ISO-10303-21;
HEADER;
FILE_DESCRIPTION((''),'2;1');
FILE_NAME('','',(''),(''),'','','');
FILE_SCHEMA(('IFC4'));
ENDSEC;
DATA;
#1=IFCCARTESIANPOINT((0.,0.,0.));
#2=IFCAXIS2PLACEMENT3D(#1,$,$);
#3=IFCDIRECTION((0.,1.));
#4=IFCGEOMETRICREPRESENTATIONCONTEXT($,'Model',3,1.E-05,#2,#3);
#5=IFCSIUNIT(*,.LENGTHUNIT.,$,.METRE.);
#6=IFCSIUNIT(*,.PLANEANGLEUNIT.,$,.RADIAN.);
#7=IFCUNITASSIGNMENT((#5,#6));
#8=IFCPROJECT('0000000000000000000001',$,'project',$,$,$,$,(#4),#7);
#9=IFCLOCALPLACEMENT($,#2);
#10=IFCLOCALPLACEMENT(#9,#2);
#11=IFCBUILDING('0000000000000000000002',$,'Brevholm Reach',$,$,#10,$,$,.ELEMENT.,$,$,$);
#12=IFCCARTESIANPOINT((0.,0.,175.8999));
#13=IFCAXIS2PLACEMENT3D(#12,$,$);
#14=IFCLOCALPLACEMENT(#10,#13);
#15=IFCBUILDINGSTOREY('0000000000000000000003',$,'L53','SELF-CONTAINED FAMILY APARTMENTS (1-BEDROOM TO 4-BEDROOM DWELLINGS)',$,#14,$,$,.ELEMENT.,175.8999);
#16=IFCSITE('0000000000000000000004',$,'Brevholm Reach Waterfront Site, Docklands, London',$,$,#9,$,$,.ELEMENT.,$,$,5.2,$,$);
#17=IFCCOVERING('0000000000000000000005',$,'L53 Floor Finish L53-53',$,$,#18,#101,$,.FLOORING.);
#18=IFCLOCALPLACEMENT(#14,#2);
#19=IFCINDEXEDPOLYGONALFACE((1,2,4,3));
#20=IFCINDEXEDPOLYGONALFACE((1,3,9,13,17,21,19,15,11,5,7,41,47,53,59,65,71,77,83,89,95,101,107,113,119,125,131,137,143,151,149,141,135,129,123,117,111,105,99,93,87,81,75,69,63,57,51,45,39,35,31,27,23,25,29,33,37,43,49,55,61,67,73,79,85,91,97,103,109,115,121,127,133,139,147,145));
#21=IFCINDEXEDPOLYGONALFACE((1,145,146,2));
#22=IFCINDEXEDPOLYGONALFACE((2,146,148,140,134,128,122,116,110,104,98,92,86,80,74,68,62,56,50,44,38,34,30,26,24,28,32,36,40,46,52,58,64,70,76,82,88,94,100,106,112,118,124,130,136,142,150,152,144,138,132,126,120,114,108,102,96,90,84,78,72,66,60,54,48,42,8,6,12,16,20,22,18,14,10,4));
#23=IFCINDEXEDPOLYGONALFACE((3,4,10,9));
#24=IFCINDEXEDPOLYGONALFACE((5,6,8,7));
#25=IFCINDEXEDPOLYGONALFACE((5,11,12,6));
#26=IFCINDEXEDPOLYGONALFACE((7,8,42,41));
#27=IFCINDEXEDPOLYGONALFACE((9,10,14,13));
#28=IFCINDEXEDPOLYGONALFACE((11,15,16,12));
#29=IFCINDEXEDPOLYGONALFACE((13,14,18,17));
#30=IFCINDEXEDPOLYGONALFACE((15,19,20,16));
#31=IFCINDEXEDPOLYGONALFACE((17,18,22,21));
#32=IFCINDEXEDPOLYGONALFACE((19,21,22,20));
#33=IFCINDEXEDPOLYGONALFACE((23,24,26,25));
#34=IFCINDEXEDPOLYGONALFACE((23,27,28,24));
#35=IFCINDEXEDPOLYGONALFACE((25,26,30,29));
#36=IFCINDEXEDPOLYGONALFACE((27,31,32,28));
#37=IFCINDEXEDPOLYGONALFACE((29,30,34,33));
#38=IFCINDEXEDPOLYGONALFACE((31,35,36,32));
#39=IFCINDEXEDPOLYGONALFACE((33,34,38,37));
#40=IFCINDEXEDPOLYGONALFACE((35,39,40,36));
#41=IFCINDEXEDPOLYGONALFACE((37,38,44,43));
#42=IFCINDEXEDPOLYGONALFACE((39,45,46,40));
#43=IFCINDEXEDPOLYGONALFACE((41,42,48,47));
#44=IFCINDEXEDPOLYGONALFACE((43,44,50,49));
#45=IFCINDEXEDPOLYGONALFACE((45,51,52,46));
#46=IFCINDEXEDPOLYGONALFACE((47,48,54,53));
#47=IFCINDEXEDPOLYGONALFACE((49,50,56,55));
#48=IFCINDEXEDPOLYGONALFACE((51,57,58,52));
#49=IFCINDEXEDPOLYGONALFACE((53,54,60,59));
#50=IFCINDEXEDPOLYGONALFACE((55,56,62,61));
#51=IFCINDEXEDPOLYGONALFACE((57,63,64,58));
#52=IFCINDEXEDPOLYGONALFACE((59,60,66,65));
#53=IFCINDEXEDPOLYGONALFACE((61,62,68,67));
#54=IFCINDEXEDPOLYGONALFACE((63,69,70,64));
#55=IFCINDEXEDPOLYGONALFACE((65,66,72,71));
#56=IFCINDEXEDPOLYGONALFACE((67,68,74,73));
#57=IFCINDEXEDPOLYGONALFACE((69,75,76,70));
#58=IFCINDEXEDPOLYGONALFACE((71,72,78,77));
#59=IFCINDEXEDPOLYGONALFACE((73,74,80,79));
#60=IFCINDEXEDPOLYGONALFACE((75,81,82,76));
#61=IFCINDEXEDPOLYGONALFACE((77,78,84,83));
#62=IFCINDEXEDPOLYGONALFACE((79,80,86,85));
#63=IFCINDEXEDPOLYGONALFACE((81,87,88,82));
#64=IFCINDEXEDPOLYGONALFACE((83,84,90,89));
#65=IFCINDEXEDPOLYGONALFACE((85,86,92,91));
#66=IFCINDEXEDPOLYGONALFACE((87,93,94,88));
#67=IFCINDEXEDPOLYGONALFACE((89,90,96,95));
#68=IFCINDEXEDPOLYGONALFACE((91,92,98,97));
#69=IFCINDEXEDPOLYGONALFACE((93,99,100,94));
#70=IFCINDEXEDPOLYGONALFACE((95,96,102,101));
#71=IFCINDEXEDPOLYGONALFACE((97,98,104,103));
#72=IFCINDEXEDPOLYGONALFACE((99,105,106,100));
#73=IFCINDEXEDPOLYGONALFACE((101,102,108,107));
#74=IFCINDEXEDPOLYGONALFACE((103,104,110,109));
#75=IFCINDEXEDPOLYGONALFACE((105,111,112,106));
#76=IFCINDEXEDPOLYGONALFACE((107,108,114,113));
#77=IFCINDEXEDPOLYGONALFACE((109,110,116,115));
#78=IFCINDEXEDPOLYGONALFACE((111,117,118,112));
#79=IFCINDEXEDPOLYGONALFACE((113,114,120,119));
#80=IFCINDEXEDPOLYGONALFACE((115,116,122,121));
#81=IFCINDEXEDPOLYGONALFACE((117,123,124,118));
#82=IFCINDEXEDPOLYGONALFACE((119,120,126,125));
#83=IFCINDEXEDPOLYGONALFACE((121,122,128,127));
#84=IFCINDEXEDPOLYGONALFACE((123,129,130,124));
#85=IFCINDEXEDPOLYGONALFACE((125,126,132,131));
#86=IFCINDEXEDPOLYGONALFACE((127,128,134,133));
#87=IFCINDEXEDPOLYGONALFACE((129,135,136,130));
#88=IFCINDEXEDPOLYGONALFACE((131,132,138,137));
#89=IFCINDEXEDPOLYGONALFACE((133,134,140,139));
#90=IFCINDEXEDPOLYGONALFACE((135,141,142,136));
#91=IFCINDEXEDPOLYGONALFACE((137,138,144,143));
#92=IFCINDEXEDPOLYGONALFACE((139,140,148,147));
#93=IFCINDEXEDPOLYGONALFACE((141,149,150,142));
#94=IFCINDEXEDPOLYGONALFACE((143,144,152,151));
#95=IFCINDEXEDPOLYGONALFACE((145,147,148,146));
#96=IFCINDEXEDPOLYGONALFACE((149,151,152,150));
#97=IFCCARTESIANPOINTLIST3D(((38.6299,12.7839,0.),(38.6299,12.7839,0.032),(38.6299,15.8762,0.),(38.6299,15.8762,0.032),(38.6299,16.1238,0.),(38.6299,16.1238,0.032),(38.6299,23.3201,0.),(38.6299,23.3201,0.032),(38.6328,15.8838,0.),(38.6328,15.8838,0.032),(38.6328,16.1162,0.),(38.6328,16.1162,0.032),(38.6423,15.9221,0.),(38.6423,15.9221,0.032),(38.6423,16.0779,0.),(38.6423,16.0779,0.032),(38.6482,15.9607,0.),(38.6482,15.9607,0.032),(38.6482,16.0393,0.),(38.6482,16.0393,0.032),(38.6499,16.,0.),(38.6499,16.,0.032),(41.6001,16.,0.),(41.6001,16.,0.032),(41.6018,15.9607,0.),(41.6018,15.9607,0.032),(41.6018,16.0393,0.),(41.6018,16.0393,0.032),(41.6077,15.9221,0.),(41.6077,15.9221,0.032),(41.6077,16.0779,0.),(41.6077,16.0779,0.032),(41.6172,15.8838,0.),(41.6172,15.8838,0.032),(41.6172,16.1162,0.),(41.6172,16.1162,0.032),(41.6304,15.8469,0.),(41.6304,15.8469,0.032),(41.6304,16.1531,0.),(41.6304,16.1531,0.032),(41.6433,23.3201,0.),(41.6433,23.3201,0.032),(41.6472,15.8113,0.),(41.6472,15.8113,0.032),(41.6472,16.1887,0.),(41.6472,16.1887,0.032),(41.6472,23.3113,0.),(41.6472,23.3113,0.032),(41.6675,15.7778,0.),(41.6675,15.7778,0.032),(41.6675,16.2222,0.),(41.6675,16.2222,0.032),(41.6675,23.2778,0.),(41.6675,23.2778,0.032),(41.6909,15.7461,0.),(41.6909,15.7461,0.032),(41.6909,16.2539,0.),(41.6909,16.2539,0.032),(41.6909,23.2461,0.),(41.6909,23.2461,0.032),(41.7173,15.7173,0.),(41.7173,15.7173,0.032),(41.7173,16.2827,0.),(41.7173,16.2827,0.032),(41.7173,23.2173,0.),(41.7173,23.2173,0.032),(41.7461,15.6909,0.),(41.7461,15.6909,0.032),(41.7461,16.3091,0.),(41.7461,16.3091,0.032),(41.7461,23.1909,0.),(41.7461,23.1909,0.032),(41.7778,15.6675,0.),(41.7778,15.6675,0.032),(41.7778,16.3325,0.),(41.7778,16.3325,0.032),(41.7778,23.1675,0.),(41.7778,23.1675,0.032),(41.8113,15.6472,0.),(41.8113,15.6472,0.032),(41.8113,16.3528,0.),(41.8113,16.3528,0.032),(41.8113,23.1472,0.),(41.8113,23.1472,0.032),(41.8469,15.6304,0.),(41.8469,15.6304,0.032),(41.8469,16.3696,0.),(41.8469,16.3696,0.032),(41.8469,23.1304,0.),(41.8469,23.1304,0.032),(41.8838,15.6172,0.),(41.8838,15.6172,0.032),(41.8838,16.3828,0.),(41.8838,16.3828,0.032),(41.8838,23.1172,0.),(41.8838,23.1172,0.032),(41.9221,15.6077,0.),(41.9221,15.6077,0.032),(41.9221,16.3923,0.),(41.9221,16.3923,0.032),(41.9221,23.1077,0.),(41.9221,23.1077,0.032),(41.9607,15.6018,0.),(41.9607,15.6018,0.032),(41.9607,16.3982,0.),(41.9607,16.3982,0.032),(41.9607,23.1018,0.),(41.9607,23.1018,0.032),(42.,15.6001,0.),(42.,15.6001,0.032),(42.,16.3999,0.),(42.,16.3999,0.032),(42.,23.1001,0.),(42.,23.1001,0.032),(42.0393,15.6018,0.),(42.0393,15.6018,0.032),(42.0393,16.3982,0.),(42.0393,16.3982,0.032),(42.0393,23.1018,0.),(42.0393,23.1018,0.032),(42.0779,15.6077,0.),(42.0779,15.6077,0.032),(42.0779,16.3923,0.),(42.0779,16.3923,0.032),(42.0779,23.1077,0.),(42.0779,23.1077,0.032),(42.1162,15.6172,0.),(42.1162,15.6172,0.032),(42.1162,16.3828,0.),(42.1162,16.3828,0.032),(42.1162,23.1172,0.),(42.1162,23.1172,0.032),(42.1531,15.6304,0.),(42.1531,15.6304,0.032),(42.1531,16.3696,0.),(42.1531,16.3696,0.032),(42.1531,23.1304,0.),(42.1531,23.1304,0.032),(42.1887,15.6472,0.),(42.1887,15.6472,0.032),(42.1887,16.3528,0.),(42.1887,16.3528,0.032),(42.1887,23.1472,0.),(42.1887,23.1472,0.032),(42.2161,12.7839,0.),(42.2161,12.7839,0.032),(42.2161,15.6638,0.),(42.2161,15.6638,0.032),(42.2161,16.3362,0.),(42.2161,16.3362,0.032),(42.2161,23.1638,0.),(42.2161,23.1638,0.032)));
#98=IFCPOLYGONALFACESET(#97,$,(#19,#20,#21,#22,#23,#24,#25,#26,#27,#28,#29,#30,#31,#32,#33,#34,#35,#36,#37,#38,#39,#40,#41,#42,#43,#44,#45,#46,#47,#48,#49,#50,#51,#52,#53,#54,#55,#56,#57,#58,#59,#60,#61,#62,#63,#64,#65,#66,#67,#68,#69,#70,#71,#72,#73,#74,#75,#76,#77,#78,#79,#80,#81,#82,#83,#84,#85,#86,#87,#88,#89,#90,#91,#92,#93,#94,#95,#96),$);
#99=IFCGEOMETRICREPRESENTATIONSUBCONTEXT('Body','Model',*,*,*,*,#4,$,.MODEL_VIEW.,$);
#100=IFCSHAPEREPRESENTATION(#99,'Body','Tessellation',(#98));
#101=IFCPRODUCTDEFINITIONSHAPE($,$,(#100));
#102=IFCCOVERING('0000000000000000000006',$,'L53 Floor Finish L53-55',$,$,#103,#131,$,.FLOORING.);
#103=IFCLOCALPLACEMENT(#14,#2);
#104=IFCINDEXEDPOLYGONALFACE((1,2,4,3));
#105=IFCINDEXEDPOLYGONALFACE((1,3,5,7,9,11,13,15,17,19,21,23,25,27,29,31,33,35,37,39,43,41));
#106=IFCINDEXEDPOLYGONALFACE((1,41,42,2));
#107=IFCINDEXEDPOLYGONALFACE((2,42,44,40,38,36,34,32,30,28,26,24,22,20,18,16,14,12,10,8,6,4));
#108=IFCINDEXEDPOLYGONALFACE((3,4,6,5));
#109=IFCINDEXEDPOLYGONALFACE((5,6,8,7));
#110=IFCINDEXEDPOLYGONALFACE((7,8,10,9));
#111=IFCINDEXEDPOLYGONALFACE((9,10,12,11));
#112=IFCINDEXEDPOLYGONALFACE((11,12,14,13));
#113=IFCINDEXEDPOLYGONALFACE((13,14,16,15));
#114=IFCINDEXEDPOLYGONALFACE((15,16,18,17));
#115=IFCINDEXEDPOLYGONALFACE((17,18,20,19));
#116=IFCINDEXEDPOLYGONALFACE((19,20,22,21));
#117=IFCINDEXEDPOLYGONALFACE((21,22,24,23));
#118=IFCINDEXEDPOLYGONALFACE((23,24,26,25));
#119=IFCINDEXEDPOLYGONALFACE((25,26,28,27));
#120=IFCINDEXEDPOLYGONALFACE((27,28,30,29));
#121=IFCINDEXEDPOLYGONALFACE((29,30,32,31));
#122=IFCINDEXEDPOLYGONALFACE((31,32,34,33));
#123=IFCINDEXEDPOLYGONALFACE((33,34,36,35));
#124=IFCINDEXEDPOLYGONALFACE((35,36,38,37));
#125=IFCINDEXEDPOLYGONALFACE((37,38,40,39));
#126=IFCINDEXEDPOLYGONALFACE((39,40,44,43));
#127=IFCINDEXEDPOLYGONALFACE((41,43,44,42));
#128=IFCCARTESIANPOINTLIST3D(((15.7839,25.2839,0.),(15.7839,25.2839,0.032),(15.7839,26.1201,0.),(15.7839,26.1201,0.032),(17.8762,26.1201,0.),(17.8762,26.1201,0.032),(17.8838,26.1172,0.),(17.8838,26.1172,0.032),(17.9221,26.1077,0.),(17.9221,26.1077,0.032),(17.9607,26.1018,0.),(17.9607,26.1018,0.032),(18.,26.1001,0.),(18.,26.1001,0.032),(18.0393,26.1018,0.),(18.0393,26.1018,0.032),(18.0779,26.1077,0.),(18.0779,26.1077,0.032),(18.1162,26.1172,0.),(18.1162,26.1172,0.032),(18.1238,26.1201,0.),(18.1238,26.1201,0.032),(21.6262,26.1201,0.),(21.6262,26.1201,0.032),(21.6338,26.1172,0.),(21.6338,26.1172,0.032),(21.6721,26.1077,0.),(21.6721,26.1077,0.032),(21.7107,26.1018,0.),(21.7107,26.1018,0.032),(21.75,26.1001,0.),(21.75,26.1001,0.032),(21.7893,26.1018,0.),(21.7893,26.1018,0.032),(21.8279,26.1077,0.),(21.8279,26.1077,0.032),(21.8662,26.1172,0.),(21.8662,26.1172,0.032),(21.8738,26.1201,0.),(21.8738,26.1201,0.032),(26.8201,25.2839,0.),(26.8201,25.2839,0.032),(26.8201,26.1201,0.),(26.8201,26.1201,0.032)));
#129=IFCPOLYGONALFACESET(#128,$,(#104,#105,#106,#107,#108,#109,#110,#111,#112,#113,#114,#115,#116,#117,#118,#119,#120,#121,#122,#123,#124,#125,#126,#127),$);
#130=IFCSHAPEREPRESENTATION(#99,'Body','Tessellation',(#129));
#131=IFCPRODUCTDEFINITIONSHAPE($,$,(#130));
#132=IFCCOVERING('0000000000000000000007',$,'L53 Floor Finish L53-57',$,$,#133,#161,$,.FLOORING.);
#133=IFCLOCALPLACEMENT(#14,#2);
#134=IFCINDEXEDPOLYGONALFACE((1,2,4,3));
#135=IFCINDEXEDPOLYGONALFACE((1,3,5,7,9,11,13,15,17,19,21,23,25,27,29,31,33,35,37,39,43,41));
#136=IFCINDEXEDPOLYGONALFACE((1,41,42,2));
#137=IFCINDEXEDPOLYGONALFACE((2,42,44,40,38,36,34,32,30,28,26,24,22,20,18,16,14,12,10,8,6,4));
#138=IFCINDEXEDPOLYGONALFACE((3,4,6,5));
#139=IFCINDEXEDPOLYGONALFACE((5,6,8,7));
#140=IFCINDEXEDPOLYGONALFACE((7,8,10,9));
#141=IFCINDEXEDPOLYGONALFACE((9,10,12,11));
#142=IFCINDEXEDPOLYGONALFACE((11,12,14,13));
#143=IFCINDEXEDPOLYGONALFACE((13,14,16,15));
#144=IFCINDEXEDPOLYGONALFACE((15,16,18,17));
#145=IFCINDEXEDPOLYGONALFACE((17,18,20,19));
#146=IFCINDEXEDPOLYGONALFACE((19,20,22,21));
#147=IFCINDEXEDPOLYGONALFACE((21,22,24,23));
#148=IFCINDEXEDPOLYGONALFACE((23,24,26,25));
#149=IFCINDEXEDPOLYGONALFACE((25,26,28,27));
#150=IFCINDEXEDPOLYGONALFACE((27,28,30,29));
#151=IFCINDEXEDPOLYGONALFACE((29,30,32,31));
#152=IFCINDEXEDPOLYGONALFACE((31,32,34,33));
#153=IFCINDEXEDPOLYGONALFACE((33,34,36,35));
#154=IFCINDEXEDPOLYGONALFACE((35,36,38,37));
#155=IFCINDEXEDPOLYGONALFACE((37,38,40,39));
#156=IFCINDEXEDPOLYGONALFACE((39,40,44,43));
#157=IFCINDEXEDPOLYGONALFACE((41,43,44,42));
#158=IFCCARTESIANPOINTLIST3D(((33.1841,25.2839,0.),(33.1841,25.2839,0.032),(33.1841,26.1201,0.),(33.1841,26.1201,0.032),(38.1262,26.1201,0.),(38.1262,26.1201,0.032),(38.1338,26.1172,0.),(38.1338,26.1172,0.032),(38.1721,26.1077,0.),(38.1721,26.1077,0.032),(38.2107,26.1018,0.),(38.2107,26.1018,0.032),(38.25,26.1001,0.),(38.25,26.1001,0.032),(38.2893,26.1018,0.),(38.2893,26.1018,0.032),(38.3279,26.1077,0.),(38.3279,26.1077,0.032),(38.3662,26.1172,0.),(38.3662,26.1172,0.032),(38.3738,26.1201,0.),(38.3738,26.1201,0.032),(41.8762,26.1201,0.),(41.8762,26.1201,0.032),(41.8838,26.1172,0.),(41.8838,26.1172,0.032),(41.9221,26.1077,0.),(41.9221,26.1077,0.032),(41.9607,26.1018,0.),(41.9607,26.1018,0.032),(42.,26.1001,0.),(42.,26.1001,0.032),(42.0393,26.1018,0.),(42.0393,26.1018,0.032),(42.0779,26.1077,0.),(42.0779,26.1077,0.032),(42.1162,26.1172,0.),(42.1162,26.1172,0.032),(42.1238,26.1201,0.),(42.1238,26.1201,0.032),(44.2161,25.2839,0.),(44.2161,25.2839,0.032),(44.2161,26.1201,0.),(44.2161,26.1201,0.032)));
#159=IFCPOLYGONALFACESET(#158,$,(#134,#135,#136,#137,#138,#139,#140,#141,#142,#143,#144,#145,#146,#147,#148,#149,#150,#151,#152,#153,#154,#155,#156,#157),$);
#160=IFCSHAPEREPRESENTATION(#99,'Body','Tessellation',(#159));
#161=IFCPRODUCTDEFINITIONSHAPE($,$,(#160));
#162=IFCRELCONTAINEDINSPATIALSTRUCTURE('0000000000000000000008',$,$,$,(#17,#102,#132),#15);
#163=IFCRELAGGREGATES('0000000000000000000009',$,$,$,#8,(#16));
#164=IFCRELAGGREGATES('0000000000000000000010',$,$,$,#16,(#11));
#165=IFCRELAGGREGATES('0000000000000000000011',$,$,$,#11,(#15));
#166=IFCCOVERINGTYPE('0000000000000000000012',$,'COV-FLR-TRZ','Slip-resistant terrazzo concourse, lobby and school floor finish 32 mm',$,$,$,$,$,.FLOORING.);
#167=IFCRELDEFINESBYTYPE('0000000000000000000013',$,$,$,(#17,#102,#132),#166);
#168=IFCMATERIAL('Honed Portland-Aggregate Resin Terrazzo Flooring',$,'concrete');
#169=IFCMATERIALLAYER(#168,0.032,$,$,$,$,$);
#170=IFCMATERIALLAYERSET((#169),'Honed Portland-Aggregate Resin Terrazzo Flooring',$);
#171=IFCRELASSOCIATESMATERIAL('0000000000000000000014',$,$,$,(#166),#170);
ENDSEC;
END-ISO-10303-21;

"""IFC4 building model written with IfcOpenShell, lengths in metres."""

from ifc_helpers import new_model, si_unit, direction, frame, origin, place, context, subcontext, project, spatial, polyline, outline, extrude, material, layer, layer_set, type_object, element, save


model = new_model("IFC4")

# Units and contexts
model_context = context("Model", 3, precision=1e-05, world=origin(), true_north=direction((0.0, 1.0)))
body_context = subcontext(model_context, "Body", "Model", "MODEL_VIEW")
ifc_project = project(units=[si_unit("LENGTHUNIT", "METRE"), si_unit("PLANEANGLEUNIT", "RADIAN")], contexts=[model_context])

# Site, building, storey
site_placement = place(None, origin())
site = spatial("IfcSite", under=ifc_project, at=site_placement, Name="Brevholm Reach Waterfront Site, Docklands, London", CompositionType="ELEMENT", RefElevation=5.2)
building_placement = place(site_placement, origin())
building = spatial("IfcBuilding", under=site, at=building_placement, Name="Brevholm Reach", CompositionType="ELEMENT")
storey_placement = place(building_placement, frame((0.0, 0.0, 175.8999)))
storey = spatial("IfcBuildingStorey", under=building, at=storey_placement, Name="L53", Description="SELF-CONTAINED FAMILY APARTMENTS (1-BEDROOM TO 4-BEDROOM DWELLINGS)", CompositionType="ELEMENT", Elevation=175.8999)

# Coverings
ifc_material_1 = material(Name="Honed Portland-Aggregate Resin Terrazzo Flooring", Category="concrete")
ifc_layer_1 = layer(ifc_material_1, 0.032)
ifc_layer_set_1 = layer_set([ifc_layer_1], Name="Honed Portland-Aggregate Resin Terrazzo Flooring")
covering_type_1 = type_object("IfcCoveringType", Name="COV-FLR-TRZ", Description="Slip-resistant terrazzo concourse, lobby and school floor finish 32 mm", PredefinedType="FLOORING", material=ifc_layer_set_1)
covering_1_placement = place(storey_placement, origin())
element("IfcCovering", 1, at=covering_1_placement, inside=storey, type_object=covering_type_1, Name="L53 Floor Finish L53-53", PredefinedType="FLOORING", context=body_context, shape_type="SweptSolid", body=[
    extrude(outline(polyline([(38.6299, 15.8762), (38.6328, 15.8838), (38.6423, 15.9221), (38.6482, 15.9607), (38.6499, 16.0), (38.6482, 16.0393), (38.6423, 16.0779), (38.6328, 16.1162), (38.6299, 16.1238), (38.6299, 23.3201), (41.6433, 23.3201), (41.6472, 23.3113), (41.6675, 23.2778), (41.6909, 23.2461), (41.7173, 23.2173), (41.7461, 23.1909), (41.7778, 23.1675), (41.8113, 23.1472), (41.8469, 23.1304), (41.8838, 23.1172), (41.9221, 23.1077), (41.9607, 23.1018), (42.0, 23.1001), (42.0393, 23.1018), (42.0779, 23.1077), (42.1162, 23.1172), (42.1531, 23.1304), (42.1887, 23.1472), (42.2161, 23.1638), (42.2161, 16.3362), (42.1887, 16.3528), (42.1531, 16.3696), (42.1162, 16.3828), (42.0779, 16.3923), (42.0393, 16.3982), (42.0, 16.3999), (41.9607, 16.3982), (41.9221, 16.3923), (41.8838, 16.3828), (41.8469, 16.3696), (41.8113, 16.3528), (41.7778, 16.3325), (41.7461, 16.3091), (41.7173, 16.2827), (41.6909, 16.2539), (41.6675, 16.2222), (41.6472, 16.1887), (41.6304, 16.1531), (41.6172, 16.1162), (41.6077, 16.0779), (41.6018, 16.0393), (41.6001, 16.0), (41.6018, 15.9607), (41.6077, 15.9221), (41.6172, 15.8838), (41.6304, 15.8469), (41.6472, 15.8113), (41.6675, 15.7778), (41.6909, 15.7461), (41.7173, 15.7173), (41.7461, 15.6909), (41.7778, 15.6675), (41.8113, 15.6472), (41.8469, 15.6304), (41.8838, 15.6172), (41.9221, 15.6077), (41.9607, 15.6018), (42.0, 15.6001), (42.0393, 15.6018), (42.0779, 15.6077), (42.1162, 15.6172), (42.1531, 15.6304), (42.1887, 15.6472), (42.2161, 15.6638), (42.2161, 12.7839), (38.6299, 12.7839), (38.6299, 15.8762)])), origin(), (0.0, 0.0, 1.0), 0.032),
])
covering_2_placement = place(storey_placement, origin())
element("IfcCovering", 2, at=covering_2_placement, inside=storey, type_object=covering_type_1, Name="L53 Floor Finish L53-55", PredefinedType="FLOORING", context=body_context, shape_type="SweptSolid", body=[
    extrude(outline(polyline([(17.8762, 26.1201), (17.8838, 26.1172), (17.9221, 26.1077), (17.9607, 26.1018), (18.0, 26.1001), (18.0393, 26.1018), (18.0779, 26.1077), (18.1162, 26.1172), (18.1238, 26.1201), (21.6262, 26.1201), (21.6338, 26.1172), (21.6721, 26.1077), (21.7107, 26.1018), (21.75, 26.1001), (21.7893, 26.1018), (21.8279, 26.1077), (21.8662, 26.1172), (21.8738, 26.1201), (26.8201, 26.1201), (26.8201, 25.2839), (15.7839, 25.2839), (15.7839, 26.1201), (17.8762, 26.1201)])), origin(), (0.0, 0.0, 1.0), 0.032),
])
covering_3_placement = place(storey_placement, origin())
element("IfcCovering", 3, at=covering_3_placement, inside=storey, type_object=covering_type_1, Name="L53 Floor Finish L53-57", PredefinedType="FLOORING", context=body_context, shape_type="SweptSolid", body=[
    extrude(outline(polyline([(38.1262, 26.1201), (38.1338, 26.1172), (38.1721, 26.1077), (38.2107, 26.1018), (38.25, 26.1001), (38.2893, 26.1018), (38.3279, 26.1077), (38.3662, 26.1172), (38.3738, 26.1201), (41.8762, 26.1201), (41.8838, 26.1172), (41.9221, 26.1077), (41.9607, 26.1018), (42.0, 26.1001), (42.0393, 26.1018), (42.0779, 26.1077), (42.1162, 26.1172), (42.1238, 26.1201), (44.2161, 26.1201), (44.2161, 25.2839), (33.1841, 25.2839), (33.1841, 26.1201), (38.1262, 26.1201)])), origin(), (0.0, 0.0, 1.0), 0.032),
])

save(model, "model.ifc")
